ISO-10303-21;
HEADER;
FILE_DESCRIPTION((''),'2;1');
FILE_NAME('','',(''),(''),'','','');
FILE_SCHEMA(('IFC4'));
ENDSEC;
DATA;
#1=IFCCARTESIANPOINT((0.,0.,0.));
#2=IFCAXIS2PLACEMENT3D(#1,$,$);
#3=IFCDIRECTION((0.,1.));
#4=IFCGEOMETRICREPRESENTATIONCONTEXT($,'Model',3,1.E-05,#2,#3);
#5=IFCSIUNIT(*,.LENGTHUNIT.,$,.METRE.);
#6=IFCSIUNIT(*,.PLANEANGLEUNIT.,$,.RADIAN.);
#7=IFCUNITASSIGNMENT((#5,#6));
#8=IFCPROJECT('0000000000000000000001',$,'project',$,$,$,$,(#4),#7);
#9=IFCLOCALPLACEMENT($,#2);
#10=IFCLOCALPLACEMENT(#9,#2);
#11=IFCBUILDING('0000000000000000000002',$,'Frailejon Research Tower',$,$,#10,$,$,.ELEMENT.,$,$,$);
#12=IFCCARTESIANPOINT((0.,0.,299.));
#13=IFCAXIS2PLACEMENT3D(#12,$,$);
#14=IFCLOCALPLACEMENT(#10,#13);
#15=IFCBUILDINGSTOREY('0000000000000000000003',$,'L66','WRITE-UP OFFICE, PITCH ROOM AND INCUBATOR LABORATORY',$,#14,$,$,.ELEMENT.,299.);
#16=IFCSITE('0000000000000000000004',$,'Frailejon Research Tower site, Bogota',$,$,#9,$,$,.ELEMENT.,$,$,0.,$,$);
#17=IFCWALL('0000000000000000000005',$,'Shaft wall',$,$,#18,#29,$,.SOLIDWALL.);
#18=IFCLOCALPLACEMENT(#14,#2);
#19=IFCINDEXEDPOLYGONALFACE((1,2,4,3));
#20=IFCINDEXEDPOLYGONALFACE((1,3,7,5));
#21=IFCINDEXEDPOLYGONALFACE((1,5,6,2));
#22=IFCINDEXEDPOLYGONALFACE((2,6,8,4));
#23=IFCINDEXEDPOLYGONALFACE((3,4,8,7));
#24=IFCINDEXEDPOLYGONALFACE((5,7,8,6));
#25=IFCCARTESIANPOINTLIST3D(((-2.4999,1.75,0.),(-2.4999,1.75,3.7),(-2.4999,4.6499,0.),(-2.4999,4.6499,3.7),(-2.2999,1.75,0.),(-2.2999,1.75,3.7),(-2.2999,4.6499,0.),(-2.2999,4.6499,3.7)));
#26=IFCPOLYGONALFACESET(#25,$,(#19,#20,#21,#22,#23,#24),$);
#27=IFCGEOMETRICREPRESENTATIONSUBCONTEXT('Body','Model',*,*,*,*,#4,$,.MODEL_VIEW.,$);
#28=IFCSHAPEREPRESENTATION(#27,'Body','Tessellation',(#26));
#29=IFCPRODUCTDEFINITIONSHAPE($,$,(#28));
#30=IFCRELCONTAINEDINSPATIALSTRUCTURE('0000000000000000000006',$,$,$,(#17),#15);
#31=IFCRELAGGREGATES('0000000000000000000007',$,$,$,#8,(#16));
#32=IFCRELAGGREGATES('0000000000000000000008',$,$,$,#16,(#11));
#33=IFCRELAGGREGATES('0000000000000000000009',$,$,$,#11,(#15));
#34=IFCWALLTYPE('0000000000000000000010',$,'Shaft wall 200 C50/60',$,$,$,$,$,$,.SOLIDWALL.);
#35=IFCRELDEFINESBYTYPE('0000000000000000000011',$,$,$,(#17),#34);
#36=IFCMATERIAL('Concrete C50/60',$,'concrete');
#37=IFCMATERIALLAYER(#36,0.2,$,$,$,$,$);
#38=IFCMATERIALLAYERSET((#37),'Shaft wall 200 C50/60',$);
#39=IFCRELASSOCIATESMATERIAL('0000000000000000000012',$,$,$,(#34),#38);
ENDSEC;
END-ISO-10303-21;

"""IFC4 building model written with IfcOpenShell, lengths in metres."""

from ifc_helpers import new_model, si_unit, direction, frame, frame_2d, origin, place, context, subcontext, project, spatial, rectangle, extrude, material, layer, layer_set, type_object, element, save


model = new_model("IFC4")

# Units and contexts
model_context = context("Model", 3, precision=1e-05, world=origin(), true_north=direction((0.0, 1.0)))
body_context = subcontext(model_context, "Body", "Model", "MODEL_VIEW")
ifc_project = project(units=[si_unit("LENGTHUNIT", "METRE"), si_unit("PLANEANGLEUNIT", "RADIAN")], contexts=[model_context])

# Site, building, storey
site_placement = place(None, origin())
site = spatial("IfcSite", under=ifc_project, at=site_placement, Name="Frailejon Research Tower site, Bogota", CompositionType="ELEMENT", RefElevation=0.0)
building_placement = place(site_placement, origin())
building = spatial("IfcBuilding", under=site, at=building_placement, Name="Frailejon Research Tower", CompositionType="ELEMENT")
storey_placement = place(building_placement, frame((0.0, 0.0, 299.0)))
storey = spatial("IfcBuildingStorey", under=building, at=storey_placement, Name="L66", Description="WRITE-UP OFFICE, PITCH ROOM AND INCUBATOR LABORATORY", CompositionType="ELEMENT", Elevation=299.0)

# Wall
ifc_material_1 = material(Name="Concrete C50/60", Category="concrete")
ifc_layer_1 = layer(ifc_material_1, 0.2)
ifc_layer_set_1 = layer_set([ifc_layer_1], Name="Shaft wall 200 C50/60")
wall_type_1 = type_object("IfcWallType", Name="Shaft wall 200 C50/60", PredefinedType="SOLIDWALL", material=ifc_layer_set_1)
for number, where, z_axis, x_axis, name in (
    (1, (-2.3999, 1.75, 0.0), (0.0, 0.0, 1.0), (0.0, 1.0, 0.0), "Shaft wall"),
):
    element("IfcWall", number, at=place(storey_placement, frame(where, z_axis=z_axis, x_axis=x_axis)), inside=storey, type_object=wall_type_1, Name=name, PredefinedType="SOLIDWALL", context=body_context, shape_type="SweptSolid", body=[
        extrude(rectangle(XDim=2.8999, YDim=0.2, at=frame_2d((1.45, 0.0))), origin(), (0.0, 0.0, 1.0), 3.7),
    ])

save(model, "model.ifc")
